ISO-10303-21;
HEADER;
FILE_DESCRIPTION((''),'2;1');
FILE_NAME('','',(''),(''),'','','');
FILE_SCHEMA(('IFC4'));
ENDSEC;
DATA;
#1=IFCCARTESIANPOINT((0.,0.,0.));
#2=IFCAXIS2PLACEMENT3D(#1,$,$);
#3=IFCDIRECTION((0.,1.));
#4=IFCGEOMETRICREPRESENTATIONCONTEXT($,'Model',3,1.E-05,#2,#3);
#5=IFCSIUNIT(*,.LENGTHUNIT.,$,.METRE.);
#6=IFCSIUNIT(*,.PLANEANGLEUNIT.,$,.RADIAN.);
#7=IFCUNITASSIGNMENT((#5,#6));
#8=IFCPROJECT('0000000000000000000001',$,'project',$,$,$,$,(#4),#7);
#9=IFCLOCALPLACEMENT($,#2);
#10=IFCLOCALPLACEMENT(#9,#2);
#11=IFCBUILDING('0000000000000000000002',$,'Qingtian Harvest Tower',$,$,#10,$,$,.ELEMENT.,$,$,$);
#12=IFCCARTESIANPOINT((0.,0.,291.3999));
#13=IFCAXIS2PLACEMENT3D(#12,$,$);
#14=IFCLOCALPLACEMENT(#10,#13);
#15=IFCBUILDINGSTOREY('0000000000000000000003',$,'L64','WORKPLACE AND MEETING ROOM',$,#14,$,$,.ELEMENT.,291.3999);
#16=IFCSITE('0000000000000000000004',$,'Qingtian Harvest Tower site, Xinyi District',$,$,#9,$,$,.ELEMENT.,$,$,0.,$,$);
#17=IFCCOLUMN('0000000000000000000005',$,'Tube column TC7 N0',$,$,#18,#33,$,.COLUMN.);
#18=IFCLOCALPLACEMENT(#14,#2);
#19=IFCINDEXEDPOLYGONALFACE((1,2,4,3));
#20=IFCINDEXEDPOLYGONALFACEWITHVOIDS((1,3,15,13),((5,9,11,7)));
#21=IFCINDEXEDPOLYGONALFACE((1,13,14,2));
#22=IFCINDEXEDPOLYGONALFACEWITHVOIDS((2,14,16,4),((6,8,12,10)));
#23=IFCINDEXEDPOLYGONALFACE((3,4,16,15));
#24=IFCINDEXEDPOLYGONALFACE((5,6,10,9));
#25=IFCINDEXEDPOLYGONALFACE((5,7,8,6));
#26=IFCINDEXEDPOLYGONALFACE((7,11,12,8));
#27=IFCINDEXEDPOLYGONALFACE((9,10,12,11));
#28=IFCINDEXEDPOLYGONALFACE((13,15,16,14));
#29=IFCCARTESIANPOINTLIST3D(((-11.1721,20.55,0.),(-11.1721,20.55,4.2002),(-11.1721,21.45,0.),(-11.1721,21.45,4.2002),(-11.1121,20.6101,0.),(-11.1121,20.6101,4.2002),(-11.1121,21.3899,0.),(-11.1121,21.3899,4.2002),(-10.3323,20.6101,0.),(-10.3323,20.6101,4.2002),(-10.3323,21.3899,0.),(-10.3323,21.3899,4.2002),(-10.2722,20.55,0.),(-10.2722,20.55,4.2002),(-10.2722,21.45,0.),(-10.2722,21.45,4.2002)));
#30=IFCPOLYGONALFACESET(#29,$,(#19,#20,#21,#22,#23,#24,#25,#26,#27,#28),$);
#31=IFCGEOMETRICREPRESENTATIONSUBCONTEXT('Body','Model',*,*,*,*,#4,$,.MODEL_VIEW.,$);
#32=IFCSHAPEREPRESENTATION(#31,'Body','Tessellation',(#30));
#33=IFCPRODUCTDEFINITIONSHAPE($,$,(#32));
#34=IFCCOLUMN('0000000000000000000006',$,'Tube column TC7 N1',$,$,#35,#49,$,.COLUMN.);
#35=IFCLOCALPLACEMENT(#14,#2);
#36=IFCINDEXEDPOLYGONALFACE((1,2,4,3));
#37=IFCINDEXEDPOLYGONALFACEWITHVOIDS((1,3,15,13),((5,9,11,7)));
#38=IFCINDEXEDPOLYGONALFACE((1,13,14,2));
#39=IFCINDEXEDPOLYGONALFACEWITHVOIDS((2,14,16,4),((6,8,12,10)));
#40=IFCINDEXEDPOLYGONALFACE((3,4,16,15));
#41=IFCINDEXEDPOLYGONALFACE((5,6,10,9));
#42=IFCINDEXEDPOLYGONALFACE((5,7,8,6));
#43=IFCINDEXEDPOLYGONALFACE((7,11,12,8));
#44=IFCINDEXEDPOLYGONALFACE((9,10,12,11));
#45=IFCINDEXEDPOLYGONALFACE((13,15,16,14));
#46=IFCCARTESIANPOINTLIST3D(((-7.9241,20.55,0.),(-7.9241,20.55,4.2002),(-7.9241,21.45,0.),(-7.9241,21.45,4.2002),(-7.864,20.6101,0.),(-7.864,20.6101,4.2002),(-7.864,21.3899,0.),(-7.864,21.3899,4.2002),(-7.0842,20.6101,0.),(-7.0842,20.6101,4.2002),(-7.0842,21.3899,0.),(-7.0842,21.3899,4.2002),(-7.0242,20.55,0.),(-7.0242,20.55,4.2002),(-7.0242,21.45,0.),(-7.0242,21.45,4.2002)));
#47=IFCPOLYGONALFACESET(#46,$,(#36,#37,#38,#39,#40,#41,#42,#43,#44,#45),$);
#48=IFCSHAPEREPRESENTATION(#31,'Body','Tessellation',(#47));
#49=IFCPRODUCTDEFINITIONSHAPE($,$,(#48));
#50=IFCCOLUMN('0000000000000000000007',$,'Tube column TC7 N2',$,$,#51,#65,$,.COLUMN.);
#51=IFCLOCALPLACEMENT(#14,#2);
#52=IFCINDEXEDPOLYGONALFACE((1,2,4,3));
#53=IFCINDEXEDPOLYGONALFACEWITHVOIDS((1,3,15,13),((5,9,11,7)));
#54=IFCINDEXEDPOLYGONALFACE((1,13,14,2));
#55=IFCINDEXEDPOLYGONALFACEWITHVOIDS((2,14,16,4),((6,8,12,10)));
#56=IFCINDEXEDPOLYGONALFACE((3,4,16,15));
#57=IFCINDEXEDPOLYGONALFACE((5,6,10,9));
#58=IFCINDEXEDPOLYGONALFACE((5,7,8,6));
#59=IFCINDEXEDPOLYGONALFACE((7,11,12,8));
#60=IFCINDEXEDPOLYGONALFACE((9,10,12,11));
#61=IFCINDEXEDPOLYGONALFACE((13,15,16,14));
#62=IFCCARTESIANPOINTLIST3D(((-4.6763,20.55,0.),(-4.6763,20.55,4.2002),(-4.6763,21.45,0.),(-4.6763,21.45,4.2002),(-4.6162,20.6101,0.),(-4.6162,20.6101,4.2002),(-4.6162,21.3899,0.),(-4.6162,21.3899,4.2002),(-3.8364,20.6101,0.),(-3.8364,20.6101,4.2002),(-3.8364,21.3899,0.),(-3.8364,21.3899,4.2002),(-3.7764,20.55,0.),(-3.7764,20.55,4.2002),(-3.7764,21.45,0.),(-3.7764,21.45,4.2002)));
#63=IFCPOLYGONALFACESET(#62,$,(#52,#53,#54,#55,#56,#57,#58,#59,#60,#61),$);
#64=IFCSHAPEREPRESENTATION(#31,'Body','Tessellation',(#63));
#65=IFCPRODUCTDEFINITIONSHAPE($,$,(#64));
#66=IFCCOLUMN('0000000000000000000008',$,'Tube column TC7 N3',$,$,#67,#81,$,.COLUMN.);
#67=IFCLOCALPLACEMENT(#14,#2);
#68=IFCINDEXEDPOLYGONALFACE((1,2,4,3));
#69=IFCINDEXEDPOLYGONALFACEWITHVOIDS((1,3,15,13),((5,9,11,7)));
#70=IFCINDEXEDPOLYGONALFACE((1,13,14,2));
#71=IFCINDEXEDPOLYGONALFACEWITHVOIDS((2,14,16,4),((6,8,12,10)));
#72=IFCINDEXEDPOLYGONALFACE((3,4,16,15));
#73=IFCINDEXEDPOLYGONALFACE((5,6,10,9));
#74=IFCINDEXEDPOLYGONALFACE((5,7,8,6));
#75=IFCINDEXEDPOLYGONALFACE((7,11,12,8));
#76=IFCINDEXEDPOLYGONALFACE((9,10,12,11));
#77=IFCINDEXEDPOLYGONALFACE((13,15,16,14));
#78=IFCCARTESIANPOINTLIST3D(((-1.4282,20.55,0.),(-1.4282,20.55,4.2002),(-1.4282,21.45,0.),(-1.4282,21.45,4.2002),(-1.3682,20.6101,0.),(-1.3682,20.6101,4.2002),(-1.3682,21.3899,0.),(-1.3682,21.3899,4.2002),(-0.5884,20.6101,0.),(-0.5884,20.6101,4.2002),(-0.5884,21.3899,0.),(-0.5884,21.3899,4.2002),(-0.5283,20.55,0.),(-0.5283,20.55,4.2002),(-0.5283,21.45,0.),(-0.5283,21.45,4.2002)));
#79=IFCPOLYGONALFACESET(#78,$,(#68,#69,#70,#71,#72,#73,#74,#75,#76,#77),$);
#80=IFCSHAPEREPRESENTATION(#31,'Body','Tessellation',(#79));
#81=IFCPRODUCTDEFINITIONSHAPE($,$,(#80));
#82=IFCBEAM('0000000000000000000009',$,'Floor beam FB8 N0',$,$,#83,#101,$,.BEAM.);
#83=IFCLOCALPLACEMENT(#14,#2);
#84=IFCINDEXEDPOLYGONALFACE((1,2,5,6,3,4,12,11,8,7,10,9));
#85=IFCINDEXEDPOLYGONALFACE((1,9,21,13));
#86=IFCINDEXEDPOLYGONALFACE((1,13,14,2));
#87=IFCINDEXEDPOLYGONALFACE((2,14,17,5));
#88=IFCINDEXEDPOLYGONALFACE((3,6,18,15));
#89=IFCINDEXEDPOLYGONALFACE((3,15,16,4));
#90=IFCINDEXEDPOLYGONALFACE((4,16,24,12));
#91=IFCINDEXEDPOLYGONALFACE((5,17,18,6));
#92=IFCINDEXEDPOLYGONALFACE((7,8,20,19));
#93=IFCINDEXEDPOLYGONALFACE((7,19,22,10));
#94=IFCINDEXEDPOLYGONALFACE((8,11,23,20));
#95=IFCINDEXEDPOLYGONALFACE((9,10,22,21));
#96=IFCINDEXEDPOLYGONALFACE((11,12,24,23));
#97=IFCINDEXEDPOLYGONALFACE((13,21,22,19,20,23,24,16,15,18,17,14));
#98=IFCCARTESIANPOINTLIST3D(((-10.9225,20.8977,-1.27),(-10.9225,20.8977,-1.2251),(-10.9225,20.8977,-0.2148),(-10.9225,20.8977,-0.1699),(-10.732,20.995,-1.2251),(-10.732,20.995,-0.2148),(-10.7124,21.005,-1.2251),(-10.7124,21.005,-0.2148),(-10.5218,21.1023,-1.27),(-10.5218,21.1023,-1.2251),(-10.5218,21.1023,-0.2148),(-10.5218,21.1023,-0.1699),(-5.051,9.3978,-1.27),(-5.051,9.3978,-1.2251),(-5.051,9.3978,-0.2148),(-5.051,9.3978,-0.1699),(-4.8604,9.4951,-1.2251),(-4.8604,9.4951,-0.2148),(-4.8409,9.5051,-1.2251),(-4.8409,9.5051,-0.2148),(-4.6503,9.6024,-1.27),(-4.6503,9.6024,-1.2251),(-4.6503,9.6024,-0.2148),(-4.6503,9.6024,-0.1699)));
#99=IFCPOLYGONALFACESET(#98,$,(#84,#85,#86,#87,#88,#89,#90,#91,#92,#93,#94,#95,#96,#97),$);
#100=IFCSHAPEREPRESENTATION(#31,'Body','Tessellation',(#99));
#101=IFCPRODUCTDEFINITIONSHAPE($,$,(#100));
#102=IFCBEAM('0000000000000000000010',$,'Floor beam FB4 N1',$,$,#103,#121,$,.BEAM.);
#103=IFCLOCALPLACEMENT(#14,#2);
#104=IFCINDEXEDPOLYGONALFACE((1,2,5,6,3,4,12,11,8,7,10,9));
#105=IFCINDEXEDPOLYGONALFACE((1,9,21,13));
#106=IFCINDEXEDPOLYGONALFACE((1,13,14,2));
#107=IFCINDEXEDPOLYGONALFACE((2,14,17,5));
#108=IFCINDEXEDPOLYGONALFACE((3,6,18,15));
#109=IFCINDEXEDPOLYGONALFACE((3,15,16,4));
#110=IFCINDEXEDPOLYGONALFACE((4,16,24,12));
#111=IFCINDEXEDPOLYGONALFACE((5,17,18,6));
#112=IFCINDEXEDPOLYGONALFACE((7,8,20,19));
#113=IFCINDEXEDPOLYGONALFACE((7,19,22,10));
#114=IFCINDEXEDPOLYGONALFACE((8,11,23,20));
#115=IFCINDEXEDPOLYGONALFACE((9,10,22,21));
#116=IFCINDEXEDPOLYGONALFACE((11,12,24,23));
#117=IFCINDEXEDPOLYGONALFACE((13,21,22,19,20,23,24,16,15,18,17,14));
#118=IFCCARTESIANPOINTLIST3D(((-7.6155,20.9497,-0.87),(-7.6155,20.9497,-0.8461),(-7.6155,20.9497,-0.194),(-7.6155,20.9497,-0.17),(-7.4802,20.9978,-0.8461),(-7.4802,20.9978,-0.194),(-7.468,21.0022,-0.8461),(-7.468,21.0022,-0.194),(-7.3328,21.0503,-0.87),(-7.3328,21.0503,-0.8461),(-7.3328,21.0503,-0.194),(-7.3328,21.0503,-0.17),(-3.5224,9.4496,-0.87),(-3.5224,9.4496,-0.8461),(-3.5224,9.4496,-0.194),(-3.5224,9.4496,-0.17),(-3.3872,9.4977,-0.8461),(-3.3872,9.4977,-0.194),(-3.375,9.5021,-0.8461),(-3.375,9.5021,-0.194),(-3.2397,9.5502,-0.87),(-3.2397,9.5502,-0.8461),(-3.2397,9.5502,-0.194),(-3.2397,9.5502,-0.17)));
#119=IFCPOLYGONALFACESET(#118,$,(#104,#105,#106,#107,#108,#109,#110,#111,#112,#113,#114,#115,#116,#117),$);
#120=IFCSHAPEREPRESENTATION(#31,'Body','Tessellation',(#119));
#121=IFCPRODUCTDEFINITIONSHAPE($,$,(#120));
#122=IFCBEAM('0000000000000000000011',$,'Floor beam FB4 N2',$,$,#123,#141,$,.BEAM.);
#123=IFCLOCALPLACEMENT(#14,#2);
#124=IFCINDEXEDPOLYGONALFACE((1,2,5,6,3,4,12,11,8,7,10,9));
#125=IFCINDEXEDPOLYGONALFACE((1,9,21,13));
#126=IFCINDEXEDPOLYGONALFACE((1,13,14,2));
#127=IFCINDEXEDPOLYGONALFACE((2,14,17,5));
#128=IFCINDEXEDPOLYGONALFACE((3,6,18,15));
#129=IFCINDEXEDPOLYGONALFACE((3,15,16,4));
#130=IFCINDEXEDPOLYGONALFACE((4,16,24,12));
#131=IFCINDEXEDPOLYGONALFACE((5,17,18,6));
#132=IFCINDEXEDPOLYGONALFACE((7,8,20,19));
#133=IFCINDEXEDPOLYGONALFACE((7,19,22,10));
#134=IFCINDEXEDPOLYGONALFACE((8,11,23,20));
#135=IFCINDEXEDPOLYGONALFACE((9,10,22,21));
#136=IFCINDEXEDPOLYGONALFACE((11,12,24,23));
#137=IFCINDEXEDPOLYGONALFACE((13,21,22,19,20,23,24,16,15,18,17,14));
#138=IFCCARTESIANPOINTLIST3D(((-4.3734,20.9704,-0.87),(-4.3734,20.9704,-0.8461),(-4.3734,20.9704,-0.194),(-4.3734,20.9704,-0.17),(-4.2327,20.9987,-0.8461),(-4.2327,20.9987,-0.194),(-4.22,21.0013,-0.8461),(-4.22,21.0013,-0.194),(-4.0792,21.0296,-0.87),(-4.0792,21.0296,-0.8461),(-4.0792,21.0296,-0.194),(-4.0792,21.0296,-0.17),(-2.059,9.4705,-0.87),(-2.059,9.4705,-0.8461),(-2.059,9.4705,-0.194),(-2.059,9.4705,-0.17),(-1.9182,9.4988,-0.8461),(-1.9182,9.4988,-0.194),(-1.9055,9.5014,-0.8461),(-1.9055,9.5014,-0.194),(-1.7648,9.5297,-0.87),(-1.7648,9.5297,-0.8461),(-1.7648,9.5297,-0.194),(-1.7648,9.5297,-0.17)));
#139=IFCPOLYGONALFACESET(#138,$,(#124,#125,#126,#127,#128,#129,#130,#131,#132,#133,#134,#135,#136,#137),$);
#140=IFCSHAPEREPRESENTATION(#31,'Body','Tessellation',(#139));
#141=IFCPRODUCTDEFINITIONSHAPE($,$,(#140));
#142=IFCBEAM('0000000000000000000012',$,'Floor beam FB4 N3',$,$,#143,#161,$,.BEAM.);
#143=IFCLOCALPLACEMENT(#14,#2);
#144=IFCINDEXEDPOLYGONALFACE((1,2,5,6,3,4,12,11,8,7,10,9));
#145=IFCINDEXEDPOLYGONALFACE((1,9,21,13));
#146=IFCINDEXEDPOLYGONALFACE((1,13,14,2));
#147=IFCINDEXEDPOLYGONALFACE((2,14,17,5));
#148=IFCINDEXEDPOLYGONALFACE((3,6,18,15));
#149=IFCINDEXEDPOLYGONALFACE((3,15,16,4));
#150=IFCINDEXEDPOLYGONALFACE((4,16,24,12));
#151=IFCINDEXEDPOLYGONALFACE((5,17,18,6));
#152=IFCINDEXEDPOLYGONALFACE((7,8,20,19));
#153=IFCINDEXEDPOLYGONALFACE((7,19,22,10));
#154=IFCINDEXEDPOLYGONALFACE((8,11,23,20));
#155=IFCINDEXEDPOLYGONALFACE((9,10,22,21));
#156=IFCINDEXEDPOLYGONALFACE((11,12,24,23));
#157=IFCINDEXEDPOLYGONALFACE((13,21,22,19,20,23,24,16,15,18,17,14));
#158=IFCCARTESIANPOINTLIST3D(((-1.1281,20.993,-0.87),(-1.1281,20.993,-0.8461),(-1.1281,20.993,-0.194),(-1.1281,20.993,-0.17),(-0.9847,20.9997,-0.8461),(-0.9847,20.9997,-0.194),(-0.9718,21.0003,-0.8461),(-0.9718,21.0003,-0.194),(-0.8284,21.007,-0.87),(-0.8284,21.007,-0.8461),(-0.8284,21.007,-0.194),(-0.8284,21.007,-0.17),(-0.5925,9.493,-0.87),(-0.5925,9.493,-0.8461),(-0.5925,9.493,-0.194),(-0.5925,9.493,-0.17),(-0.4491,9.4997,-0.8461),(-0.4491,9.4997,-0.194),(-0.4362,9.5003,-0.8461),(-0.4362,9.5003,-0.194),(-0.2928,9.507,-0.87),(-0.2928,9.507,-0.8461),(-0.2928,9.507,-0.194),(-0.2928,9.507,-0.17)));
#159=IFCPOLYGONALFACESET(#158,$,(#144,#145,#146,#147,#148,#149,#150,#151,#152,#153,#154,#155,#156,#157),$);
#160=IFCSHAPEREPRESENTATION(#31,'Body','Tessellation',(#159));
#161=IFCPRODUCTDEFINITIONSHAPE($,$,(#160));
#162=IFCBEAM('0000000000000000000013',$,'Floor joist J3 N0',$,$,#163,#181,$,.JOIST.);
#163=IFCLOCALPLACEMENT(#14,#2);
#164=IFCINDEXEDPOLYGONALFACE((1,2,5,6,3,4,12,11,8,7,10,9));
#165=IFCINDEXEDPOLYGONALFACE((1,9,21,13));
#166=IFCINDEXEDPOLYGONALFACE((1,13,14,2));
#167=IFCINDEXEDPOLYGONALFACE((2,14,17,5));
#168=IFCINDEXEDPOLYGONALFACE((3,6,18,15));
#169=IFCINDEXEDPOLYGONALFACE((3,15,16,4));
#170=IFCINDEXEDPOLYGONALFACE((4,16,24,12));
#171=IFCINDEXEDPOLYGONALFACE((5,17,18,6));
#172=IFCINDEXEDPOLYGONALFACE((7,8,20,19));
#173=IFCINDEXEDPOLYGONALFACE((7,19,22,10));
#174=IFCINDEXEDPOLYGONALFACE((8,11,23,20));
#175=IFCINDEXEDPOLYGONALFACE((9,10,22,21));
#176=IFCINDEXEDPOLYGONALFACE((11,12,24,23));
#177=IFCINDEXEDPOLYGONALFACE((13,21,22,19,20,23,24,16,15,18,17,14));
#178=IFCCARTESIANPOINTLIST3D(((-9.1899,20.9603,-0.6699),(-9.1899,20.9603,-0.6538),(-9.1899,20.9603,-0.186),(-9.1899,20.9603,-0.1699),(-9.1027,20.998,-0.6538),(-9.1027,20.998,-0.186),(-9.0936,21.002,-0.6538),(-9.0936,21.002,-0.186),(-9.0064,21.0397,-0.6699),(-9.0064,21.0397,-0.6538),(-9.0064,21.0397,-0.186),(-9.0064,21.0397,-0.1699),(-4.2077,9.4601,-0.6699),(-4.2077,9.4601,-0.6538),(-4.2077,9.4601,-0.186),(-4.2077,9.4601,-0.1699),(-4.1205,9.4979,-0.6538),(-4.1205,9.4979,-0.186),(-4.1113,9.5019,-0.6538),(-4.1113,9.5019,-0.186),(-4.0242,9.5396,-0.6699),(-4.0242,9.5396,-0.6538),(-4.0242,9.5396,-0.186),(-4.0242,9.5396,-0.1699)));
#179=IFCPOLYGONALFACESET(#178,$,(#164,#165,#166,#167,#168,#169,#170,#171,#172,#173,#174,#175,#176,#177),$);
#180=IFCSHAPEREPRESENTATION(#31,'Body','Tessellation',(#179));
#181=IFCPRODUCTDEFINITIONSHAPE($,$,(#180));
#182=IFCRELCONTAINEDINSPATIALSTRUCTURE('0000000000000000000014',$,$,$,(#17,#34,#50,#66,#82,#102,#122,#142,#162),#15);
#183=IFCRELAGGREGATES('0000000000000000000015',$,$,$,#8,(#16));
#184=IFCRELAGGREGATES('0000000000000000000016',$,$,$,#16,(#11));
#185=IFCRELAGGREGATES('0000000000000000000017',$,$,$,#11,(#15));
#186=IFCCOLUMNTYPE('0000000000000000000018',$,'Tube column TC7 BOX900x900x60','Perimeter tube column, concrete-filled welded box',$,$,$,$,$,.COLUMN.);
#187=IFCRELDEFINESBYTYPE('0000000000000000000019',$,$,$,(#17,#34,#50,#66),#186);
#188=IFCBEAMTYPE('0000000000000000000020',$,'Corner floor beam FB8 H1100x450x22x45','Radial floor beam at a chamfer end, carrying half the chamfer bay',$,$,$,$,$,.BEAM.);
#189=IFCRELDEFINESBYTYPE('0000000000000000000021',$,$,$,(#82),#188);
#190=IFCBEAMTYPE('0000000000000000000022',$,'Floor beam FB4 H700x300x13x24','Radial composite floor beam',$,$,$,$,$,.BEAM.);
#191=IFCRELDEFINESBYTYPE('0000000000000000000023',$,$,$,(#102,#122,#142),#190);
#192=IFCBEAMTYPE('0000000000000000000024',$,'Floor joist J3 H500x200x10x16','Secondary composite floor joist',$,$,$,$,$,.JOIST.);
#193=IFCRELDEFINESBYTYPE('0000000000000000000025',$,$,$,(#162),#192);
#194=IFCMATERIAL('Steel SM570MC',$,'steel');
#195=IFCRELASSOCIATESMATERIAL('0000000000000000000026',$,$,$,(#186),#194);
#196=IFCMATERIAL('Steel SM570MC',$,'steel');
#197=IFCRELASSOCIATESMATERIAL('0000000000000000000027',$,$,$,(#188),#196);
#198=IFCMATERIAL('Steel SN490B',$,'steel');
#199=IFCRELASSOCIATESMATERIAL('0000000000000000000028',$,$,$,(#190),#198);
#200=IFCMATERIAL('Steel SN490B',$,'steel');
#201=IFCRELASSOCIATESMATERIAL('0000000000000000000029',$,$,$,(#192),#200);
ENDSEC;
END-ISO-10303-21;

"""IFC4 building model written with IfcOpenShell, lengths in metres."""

from ifc_helpers import new_model, si_unit, direction, frame, origin, origin_2d, place, context, subcontext, project, spatial, hollow_rectangle, i_section, extrude, material, material_profile, profile_set, type_object, element, save


model = new_model("IFC4")

# Units and contexts
model_context = context("Model", 3, precision=1e-05, world=origin(), true_north=direction((0.0, 1.0)))
body_context = subcontext(model_context, "Body", "Model", "MODEL_VIEW")
ifc_project = project(units=[si_unit("LENGTHUNIT", "METRE"), si_unit("PLANEANGLEUNIT", "RADIAN")], contexts=[model_context])

# Site, building, storey
site_placement = place(None, origin())
site = spatial("IfcSite", under=ifc_project, at=site_placement, Name="Qingtian Harvest Tower site, Xinyi District", CompositionType="ELEMENT", RefElevation=0.0)
building_placement = place(site_placement, origin())
building = spatial("IfcBuilding", under=site, at=building_placement, Name="Qingtian Harvest Tower", CompositionType="ELEMENT")
storey_placement = place(building_placement, frame((0.0, 0.0, 291.3999)))
storey = spatial("IfcBuildingStorey", under=building, at=storey_placement, Name="L64", Description="WORKPLACE AND MEETING ROOM", CompositionType="ELEMENT", Elevation=291.3999)

# Columns
ifc_material_1 = material(Name="Steel SM570MC", Category="steel")
ifc_material_profile_1 = material_profile(ifc_material_1, hollow_rectangle(XDim=0.8999, YDim=0.8999, WallThickness=0.0601, at=origin_2d()), Name="BOX900x900x60")
ifc_profile_set_1 = profile_set([ifc_material_profile_1], Name="Steel SM570MC")
column_type = type_object("IfcColumnType", Name="Tube column TC7 BOX900x900x60", Description="Perimeter tube column, concrete-filled welded box", PredefinedType="COLUMN", material=ifc_profile_set_1)
for number, where, z_axis, x_axis, name in (
    (1, (-10.7222, 21.0, 0.0), (0.0, 0.0, 1.0), (-1.0, 0.0, 0.0), "Tube column TC7 N0"),
    (2, (-7.4741, 21.0, 0.0), (0.0, 0.0, 1.0), (-1.0, 0.0, 0.0), "Tube column TC7 N1"),
    (3, (-4.2263, 21.0, 0.0), (0.0, 0.0, 1.0), (-1.0, 0.0, 0.0), "Tube column TC7 N2"),
    (4, (-0.9783, 21.0, 0.0), (0.0, 0.0, 1.0), (-1.0, 0.0, 0.0), "Tube column TC7 N3"),
):
    element("IfcColumn", number, at=place(storey_placement, frame(where, z_axis=z_axis, x_axis=x_axis)), inside=storey, type_object=column_type, Name=name, PredefinedType="COLUMN", context=body_context, shape_type="SweptSolid", body=[
        extrude(hollow_rectangle(XDim=0.8999, YDim=0.8999, WallThickness=0.0601, at=origin_2d()), origin(), (0.0, 0.0, 1.0), 4.2002),
    ])

# Beams
ifc_material_2 = material(Name="Steel SM570MC", Category="steel")
ifc_material_profile_2 = material_profile(ifc_material_2, i_section(OverallWidth=0.45, OverallDepth=1.1001, WebThickness=0.022, FlangeThickness=0.0449, at=origin_2d()), Name="H1100x450x22x45")
ifc_profile_set_2 = profile_set([ifc_material_profile_2], Name="Steel SM570MC")
beam_type_1 = type_object("IfcBeamType", Name="Corner floor beam FB8 H1100x450x22x45", Description="Radial floor beam at a chamfer end, carrying half the chamfer bay", PredefinedType="BEAM", material=ifc_profile_set_2)
beam_1_placement = place(storey_placement, frame((-10.7222, 21.0, -0.72), z_axis=(0.454731, -0.890629, 0.0), x_axis=(0.890629, 0.454731, 0.0)))
element("IfcBeam", 5, at=beam_1_placement, inside=storey, type_object=beam_type_1, Name="Floor beam FB8 N0", PredefinedType="BEAM", context=body_context, shape_type="SweptSolid", body=[
    extrude(i_section(OverallWidth=0.45, OverallDepth=1.1001, WebThickness=0.022, FlangeThickness=0.0449, at=origin_2d()), origin(), (0.0, 0.0, 1.0), 12.9121),
])
ifc_material_3 = material(Name="Steel SN490B", Category="steel")
ifc_material_profile_3 = material_profile(ifc_material_3, i_section(OverallWidth=0.3, OverallDepth=0.7, WebThickness=0.0129, FlangeThickness=0.0239, at=origin_2d()), Name="H700x300x13x24")
ifc_profile_set_3 = profile_set([ifc_material_profile_3], Name="Steel SN490B")
beam_type_2 = type_object("IfcBeamType", Name="Floor beam FB4 H700x300x13x24", Description="Radial composite floor beam", PredefinedType="BEAM", material=ifc_profile_set_3)
beam_2_placement = place(storey_placement, frame((-7.4741, 21.0, -0.52), z_axis=(0.33531, -0.942108, 0.0), x_axis=(0.942108, 0.33531, 0.0)))
element("IfcBeam", 6, at=beam_2_placement, inside=storey, type_object=beam_type_2, Name="Floor beam FB4 N1", PredefinedType="BEAM", context=body_context, shape_type="SweptSolid", body=[
    extrude(i_section(OverallWidth=0.3, OverallDepth=0.7, WebThickness=0.0129, FlangeThickness=0.0239, at=origin_2d()), origin(), (0.0, 0.0, 1.0), 12.2068),
])
beam_3_placement = place(storey_placement, frame((-4.2263, 21.0, -0.52), z_axis=(0.197301, -0.980343, 0.0), x_axis=(0.980343, 0.197301, 0.0)))
element("IfcBeam", 7, at=beam_3_placement, inside=storey, type_object=beam_type_2, Name="Floor beam FB4 N2", PredefinedType="BEAM", context=body_context, shape_type="SweptSolid", body=[
    extrude(i_section(OverallWidth=0.3, OverallDepth=0.7, WebThickness=0.0129, FlangeThickness=0.0239, at=origin_2d()), origin(), (0.0, 0.0, 1.0), 11.7305),
])
beam_4_placement = place(storey_placement, frame((-0.9783, 21.0, -0.52), z_axis=(0.046527, -0.998917, 0.0), x_axis=(0.998917, 0.046527, 0.0)))
element("IfcBeam", 8, at=beam_4_placement, inside=storey, type_object=beam_type_2, Name="Floor beam FB4 N3", PredefinedType="BEAM", context=body_context, shape_type="SweptSolid", body=[
    extrude(i_section(OverallWidth=0.3, OverallDepth=0.7, WebThickness=0.0129, FlangeThickness=0.0239, at=origin_2d()), origin(), (0.0, 0.0, 1.0), 11.5125),
])
ifc_material_4 = material(Name="Steel SN490B", Category="steel")
ifc_material_profile_4 = material_profile(ifc_material_4, i_section(OverallWidth=0.2, OverallDepth=0.5, WebThickness=0.01, FlangeThickness=0.0161, at=origin_2d()), Name="H500x200x10x16")
ifc_profile_set_4 = profile_set([ifc_material_profile_4], Name="Steel SN490B")
beam_type_3 = type_object("IfcBeamType", Name="Floor joist J3 H500x200x10x16", Description="Secondary composite floor joist", PredefinedType="JOIST", material=ifc_profile_set_4)
beam_5_placement = place(storey_placement, frame((-9.0981, 21.0, -0.4199), z_axis=(0.39753, -0.917589, 0.0), x_axis=(0.917589, 0.39753, 0.0)))
element("IfcBeam", 9, at=beam_5_placement, inside=storey, type_object=beam_type_3, Name="Floor joist J3 N0", PredefinedType="JOIST", context=body_context, shape_type="SweptSolid", body=[
    extrude(i_section(OverallWidth=0.2, OverallDepth=0.5, WebThickness=0.01, FlangeThickness=0.0161, at=origin_2d()), origin(), (0.0, 0.0, 1.0), 12.533),
])

save(model, "model.ifc")
